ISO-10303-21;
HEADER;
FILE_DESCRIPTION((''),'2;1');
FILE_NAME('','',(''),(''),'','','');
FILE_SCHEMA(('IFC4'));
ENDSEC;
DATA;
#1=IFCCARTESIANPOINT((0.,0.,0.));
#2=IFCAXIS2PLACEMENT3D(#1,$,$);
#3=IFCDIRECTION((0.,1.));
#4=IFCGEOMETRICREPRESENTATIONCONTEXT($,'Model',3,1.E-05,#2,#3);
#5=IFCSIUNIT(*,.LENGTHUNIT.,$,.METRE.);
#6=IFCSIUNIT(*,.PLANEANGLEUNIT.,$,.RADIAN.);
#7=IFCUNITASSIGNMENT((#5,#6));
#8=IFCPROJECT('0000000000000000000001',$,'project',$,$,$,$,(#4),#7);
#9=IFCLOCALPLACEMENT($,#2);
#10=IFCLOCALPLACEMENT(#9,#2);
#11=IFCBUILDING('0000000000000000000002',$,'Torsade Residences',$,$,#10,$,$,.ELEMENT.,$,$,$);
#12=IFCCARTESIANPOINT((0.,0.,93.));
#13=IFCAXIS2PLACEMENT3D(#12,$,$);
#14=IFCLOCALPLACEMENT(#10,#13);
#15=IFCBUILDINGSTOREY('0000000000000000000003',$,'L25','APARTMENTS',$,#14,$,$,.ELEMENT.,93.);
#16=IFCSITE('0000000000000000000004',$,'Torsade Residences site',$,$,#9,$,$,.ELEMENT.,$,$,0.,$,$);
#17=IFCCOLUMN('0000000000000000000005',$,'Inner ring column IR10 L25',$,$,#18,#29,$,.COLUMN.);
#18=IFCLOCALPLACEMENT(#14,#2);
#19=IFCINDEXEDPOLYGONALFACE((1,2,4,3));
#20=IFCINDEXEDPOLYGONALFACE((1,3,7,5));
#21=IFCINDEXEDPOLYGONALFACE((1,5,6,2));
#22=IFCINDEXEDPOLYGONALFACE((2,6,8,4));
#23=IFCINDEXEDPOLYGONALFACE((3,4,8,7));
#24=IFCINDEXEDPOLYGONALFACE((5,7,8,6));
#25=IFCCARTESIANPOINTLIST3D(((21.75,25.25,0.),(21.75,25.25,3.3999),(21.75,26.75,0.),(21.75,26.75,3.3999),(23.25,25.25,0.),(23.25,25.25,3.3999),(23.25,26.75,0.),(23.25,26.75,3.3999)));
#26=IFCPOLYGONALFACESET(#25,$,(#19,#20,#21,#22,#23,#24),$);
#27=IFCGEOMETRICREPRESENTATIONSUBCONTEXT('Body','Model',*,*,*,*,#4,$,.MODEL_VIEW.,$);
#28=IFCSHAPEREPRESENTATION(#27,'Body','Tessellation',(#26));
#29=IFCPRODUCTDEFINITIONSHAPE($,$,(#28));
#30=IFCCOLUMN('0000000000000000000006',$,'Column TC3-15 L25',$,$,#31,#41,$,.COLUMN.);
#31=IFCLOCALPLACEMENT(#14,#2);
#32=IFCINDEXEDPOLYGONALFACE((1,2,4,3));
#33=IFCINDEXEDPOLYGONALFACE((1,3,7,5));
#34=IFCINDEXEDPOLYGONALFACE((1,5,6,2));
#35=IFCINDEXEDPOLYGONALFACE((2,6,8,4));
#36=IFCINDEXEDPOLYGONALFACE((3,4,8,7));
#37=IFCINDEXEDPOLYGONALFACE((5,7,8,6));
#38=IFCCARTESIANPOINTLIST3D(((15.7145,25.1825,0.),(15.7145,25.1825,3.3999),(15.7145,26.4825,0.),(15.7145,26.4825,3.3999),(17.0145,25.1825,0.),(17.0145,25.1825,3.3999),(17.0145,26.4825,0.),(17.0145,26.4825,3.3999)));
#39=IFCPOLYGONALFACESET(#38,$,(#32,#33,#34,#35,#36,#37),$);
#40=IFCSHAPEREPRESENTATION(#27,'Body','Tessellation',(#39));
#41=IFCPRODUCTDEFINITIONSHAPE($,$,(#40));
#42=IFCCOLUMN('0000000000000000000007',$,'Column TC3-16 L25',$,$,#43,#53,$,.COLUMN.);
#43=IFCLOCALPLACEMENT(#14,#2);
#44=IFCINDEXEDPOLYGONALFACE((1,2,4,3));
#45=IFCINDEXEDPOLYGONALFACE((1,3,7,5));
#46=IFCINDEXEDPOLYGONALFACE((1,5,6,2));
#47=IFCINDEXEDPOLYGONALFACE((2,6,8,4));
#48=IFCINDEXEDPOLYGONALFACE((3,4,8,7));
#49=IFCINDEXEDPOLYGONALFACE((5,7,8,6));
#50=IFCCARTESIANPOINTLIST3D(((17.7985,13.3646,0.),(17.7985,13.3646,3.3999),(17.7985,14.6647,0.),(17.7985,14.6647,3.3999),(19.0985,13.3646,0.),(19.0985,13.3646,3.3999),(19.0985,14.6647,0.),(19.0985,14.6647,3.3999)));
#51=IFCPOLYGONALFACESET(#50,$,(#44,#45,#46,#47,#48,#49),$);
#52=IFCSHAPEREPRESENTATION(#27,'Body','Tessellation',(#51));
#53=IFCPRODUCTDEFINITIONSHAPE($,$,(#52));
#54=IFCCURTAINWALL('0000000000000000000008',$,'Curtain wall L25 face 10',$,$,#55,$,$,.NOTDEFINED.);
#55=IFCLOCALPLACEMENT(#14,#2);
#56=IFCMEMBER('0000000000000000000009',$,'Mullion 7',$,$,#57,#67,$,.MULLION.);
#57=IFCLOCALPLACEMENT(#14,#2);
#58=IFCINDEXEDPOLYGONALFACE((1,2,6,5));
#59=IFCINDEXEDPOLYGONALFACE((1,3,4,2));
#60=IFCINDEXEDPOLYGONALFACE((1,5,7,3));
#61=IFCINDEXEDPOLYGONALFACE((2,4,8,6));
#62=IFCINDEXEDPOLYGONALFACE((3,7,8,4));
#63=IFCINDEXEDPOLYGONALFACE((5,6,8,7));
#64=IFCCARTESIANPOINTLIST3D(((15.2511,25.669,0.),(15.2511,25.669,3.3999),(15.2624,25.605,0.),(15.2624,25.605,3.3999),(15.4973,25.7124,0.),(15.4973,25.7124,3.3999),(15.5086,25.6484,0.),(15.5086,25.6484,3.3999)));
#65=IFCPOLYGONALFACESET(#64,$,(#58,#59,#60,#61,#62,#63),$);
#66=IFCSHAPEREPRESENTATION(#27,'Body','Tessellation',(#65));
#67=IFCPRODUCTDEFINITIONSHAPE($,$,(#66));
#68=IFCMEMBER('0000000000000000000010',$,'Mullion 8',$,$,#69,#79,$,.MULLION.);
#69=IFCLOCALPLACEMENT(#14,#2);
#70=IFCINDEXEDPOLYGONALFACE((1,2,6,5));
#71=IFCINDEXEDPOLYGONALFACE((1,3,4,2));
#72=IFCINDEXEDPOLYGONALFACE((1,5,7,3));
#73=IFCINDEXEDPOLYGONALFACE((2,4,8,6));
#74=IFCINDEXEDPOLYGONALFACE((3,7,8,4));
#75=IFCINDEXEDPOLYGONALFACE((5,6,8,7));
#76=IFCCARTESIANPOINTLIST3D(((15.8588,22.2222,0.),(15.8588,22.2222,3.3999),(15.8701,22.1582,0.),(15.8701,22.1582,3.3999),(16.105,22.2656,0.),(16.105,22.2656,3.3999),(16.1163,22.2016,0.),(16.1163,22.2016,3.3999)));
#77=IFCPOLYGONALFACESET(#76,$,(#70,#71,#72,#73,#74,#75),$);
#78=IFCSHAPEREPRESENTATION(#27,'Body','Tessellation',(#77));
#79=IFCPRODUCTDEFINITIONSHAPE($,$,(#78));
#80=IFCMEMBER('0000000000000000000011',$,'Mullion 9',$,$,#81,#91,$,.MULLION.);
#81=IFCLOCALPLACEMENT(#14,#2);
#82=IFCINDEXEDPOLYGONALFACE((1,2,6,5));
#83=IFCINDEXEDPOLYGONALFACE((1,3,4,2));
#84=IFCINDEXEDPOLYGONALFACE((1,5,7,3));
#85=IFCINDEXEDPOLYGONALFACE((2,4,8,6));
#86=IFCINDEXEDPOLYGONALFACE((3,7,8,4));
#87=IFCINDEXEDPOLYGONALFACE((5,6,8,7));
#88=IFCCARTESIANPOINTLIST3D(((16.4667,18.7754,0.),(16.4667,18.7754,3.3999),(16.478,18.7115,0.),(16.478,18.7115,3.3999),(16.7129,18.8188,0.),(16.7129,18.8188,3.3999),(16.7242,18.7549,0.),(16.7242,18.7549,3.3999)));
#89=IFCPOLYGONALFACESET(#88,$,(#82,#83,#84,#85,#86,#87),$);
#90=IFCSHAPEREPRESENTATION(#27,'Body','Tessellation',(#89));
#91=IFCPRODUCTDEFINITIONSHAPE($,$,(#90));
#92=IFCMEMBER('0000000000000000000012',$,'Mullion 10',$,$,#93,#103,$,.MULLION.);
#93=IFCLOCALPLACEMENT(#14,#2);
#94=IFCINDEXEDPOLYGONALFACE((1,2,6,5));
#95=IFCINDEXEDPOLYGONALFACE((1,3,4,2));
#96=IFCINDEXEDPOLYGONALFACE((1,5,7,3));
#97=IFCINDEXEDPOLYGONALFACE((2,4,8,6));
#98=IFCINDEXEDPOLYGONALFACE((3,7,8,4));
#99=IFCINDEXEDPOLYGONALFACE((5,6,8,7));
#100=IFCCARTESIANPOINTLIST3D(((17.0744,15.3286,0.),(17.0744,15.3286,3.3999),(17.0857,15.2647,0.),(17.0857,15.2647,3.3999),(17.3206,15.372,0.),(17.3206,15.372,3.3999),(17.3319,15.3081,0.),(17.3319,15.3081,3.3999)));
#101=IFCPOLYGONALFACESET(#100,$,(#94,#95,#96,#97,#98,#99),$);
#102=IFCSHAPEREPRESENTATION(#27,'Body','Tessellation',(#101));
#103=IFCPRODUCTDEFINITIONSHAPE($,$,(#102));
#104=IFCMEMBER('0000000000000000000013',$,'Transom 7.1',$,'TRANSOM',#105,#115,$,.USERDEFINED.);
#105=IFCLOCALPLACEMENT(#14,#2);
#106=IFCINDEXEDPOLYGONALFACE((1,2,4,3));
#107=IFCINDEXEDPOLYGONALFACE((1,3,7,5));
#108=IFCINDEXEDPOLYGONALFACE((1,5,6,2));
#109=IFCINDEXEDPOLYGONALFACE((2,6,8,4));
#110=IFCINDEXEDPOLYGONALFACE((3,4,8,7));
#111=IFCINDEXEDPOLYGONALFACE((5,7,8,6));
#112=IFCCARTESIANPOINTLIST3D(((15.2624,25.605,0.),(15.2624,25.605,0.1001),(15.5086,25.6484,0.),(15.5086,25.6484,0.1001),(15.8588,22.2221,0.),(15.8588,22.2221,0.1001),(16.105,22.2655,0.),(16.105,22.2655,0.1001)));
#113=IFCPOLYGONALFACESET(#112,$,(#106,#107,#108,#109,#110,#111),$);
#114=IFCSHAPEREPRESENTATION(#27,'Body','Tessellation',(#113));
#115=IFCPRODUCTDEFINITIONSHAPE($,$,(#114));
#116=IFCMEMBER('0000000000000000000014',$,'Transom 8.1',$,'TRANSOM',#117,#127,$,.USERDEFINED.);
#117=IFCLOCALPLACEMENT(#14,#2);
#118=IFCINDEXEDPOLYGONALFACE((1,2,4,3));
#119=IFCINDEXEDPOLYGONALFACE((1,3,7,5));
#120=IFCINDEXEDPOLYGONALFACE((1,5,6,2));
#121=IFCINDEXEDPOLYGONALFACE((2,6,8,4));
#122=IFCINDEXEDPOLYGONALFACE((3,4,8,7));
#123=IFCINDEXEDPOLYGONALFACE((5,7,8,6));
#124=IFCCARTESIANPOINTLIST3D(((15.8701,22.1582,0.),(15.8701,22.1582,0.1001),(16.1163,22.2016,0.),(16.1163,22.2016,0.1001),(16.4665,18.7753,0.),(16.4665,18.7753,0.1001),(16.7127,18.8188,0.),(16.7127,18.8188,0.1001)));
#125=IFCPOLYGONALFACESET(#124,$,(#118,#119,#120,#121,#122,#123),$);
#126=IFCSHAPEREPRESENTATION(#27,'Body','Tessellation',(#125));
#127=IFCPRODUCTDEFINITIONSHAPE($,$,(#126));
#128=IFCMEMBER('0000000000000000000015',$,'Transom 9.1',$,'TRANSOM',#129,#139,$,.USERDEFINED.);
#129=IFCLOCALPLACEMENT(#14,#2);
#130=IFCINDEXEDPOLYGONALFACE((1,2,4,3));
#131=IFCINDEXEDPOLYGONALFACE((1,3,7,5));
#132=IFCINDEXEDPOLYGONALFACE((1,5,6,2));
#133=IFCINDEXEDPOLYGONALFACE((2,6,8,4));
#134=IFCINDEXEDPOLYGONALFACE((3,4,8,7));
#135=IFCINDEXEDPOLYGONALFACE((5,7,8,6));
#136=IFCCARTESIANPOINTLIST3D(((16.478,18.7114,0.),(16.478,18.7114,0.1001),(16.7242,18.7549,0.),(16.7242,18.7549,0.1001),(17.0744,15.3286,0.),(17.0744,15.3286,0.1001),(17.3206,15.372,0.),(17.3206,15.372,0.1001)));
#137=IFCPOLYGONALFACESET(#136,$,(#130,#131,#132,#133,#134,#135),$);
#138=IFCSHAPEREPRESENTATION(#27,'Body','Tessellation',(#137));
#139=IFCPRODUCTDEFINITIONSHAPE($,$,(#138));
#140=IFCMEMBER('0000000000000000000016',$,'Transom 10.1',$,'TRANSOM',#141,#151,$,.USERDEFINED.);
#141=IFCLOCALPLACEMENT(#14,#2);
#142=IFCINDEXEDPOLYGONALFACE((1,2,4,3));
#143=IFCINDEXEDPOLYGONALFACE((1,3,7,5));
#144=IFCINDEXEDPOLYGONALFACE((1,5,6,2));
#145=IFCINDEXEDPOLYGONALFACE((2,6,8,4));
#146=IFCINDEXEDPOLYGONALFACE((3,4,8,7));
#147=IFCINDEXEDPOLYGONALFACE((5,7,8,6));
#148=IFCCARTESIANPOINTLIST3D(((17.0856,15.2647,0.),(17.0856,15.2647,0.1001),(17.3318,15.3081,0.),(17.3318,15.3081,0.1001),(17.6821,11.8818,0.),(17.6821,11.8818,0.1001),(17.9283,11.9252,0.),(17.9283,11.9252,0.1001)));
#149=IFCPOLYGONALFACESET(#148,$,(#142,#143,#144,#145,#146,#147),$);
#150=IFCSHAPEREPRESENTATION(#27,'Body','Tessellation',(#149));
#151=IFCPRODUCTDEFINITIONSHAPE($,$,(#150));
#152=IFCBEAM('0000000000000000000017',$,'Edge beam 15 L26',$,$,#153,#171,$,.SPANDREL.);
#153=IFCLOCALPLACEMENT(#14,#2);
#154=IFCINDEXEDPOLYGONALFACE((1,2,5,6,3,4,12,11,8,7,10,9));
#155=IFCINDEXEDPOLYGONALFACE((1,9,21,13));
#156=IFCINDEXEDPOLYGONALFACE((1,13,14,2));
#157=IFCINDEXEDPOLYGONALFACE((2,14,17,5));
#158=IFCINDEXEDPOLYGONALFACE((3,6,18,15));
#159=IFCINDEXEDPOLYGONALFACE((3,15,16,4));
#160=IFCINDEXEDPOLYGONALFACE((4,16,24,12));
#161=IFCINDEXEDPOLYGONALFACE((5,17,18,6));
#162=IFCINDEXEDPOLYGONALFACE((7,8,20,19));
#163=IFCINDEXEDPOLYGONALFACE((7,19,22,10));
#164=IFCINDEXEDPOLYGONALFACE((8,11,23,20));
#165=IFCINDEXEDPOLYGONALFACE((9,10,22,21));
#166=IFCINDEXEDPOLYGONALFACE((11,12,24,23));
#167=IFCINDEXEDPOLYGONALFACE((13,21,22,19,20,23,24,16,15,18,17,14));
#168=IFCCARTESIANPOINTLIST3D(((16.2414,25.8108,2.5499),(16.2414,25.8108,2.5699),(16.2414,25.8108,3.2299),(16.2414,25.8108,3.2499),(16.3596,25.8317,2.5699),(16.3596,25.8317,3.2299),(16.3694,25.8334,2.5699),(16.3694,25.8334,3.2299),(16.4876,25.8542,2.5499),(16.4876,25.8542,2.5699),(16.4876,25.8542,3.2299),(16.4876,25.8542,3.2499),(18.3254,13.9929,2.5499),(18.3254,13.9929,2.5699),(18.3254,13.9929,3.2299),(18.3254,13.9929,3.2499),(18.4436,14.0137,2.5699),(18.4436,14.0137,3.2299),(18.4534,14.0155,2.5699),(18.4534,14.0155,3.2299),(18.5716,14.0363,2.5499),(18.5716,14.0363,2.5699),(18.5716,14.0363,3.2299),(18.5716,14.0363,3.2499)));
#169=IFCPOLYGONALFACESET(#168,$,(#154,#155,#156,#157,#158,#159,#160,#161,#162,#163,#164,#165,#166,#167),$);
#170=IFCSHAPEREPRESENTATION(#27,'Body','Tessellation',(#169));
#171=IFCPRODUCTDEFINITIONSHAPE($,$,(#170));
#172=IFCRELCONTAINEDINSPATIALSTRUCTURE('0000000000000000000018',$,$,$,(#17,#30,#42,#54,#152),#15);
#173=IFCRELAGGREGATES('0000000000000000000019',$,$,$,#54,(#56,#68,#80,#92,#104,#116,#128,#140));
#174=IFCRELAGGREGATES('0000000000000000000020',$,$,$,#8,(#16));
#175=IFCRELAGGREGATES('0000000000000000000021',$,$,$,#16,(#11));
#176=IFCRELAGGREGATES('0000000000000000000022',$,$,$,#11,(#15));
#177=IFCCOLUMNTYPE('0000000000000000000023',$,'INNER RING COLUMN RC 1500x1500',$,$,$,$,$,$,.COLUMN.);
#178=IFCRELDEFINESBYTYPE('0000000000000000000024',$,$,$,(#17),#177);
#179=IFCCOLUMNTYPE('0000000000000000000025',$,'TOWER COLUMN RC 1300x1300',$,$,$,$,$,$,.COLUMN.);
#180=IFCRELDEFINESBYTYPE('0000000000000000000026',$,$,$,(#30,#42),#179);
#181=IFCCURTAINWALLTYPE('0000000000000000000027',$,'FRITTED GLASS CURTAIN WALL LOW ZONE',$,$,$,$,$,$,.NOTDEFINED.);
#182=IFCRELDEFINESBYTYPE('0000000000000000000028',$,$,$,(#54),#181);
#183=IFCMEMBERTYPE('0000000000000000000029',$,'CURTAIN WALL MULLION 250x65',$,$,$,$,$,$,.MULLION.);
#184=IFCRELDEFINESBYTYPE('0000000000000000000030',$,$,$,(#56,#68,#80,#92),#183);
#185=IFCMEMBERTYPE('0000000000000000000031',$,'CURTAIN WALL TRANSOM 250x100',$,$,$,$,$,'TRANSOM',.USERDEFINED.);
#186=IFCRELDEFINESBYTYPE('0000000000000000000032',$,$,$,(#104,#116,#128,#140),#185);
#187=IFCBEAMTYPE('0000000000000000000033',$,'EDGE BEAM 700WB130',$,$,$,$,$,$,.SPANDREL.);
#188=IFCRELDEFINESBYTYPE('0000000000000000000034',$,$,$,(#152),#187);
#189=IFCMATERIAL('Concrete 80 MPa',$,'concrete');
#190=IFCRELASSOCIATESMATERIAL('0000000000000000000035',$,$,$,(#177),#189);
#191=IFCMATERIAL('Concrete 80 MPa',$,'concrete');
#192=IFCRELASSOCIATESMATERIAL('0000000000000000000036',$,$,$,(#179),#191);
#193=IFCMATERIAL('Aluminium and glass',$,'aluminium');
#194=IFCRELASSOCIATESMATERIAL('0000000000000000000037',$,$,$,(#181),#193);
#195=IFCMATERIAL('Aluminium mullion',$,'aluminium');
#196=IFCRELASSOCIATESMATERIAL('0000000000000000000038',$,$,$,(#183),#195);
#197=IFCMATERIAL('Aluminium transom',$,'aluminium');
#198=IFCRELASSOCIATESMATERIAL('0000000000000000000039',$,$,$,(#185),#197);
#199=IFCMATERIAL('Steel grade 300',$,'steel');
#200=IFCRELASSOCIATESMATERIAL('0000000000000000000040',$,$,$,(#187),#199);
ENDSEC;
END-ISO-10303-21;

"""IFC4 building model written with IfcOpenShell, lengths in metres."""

from ifc_helpers import new_model, si_unit, direction, frame, origin, origin_2d, place, context, subcontext, project, spatial, rectangle, i_section, extrude, material, material_profile, profile_set, type_object, element, aggregate, save


model = new_model("IFC4")

# Units and contexts
model_context = context("Model", 3, precision=1e-05, world=origin(), true_north=direction((0.0, 1.0)))
body_context = subcontext(model_context, "Body", "Model", "MODEL_VIEW")
ifc_project = project(units=[si_unit("LENGTHUNIT", "METRE"), si_unit("PLANEANGLEUNIT", "RADIAN")], contexts=[model_context])

# Site, building, storey
site_placement = place(None, origin())
site = spatial("IfcSite", under=ifc_project, at=site_placement, Name="Torsade Residences site", CompositionType="ELEMENT", RefElevation=0.0)
building_placement = place(site_placement, origin())
building = spatial("IfcBuilding", under=site, at=building_placement, Name="Torsade Residences", CompositionType="ELEMENT")
storey_placement = place(building_placement, frame((0.0, 0.0, 93.0)))
storey = spatial("IfcBuildingStorey", under=building, at=storey_placement, Name="L25", Description="APARTMENTS", CompositionType="ELEMENT", Elevation=93.0)

# Columns
ifc_material_1 = material(Name="Concrete 80 MPa", Category="concrete")
ifc_material_profile_1 = material_profile(ifc_material_1, rectangle(XDim=1.5, YDim=1.5, at=origin_2d()), Name="RC 1500x1500")
ifc_profile_set_1 = profile_set([ifc_material_profile_1], Name="Concrete 80 MPa")
column_type_1 = type_object("IfcColumnType", Name="INNER RING COLUMN RC 1500x1500", PredefinedType="COLUMN", material=ifc_profile_set_1)
column_placement = place(storey_placement, frame((22.5, 26.0, 0.0), z_axis=(0.0, 0.0, 1.0), x_axis=(1.0, 0.0, 0.0)))
element("IfcColumn", 1, at=column_placement, inside=storey, type_object=column_type_1, Name="Inner ring column IR10 L25", PredefinedType="COLUMN", context=body_context, shape_type="SweptSolid", body=[
    extrude(rectangle(XDim=1.5, YDim=1.5, at=origin_2d()), origin(), (0.0, 0.0, 1.0), 3.3999),
])
ifc_material_2 = material(Name="Concrete 80 MPa", Category="concrete")
ifc_material_profile_2 = material_profile(ifc_material_2, rectangle(XDim=1.3, YDim=1.3, at=origin_2d()), Name="RC 1300x1300")
ifc_profile_set_2 = profile_set([ifc_material_profile_2], Name="Concrete 80 MPa")
column_type_2 = type_object("IfcColumnType", Name="TOWER COLUMN RC 1300x1300", PredefinedType="COLUMN", material=ifc_profile_set_2)
for number, where, z_axis, x_axis, name in (
    (2, (16.3645, 25.8325, 0.0), (0.0, 0.0, 1.0), (1.0, 0.0, 0.0), "Column TC3-15 L25"),
    (3, (18.4485, 14.0146, 0.0), (0.0, 0.0, 1.0), (1.0, 0.0, 0.0), "Column TC3-16 L25"),
):
    element("IfcColumn", number, at=place(storey_placement, frame(where, z_axis=z_axis, x_axis=x_axis)), inside=storey, type_object=column_type_2, Name=name, PredefinedType="COLUMN", context=body_context, shape_type="SweptSolid", body=[
        extrude(rectangle(XDim=1.3, YDim=1.3, at=origin_2d()), origin(), (0.0, 0.0, 1.0), 3.3999),
    ])

# Curtain wall, members
ifc_material_3 = material(Name="Aluminium and glass", Category="aluminium")
curtain_wall_type = type_object("IfcCurtainWallType", Name="FRITTED GLASS CURTAIN WALL LOW ZONE", PredefinedType="NOTDEFINED", material=ifc_material_3)
curtain_wall_placement = place(storey_placement, origin())
curtain_wall = element("IfcCurtainWall", 4, at=curtain_wall_placement, inside=storey, type_object=curtain_wall_type, Name="Curtain wall L25 face 10", PredefinedType="NOTDEFINED")
ifc_material_4 = material(Name="Aluminium mullion", Category="aluminium")
ifc_material_profile_3 = material_profile(ifc_material_4, rectangle(XDim=0.25, YDim=0.0649, at=origin_2d()), Name="CURTAIN WALL MULLION 250x65")
ifc_profile_set_3 = profile_set([ifc_material_profile_3], Name="Aluminium mullion")
member_type_1 = type_object("IfcMemberType", Name="CURTAIN WALL MULLION 250x65", PredefinedType="MULLION", material=ifc_profile_set_3)
member_1_placement = place(storey_placement, frame((15.3799, 25.6587, 0.0), z_axis=(0.0, 0.0, 1.0), x_axis=(0.984808, 0.173648, 0.0)))
member_1 = element("IfcMember", 5, at=member_1_placement, type_object=member_type_1, Name="Mullion 7", PredefinedType="MULLION", context=body_context, shape_type="SweptSolid", body=[
    extrude(rectangle(XDim=0.25, YDim=0.0649, at=origin_2d()), origin(), (0.0, 0.0, 1.0), 3.3999),
])
member_2_placement = place(storey_placement, frame((15.9875, 22.2119, 0.0), z_axis=(0.0, 0.0, 1.0), x_axis=(0.984808, 0.173648, 0.0)))
member_2 = element("IfcMember", 6, at=member_2_placement, type_object=member_type_1, Name="Mullion 8", PredefinedType="MULLION", context=body_context, shape_type="SweptSolid", body=[
    extrude(rectangle(XDim=0.25, YDim=0.0649, at=origin_2d()), origin(), (0.0, 0.0, 1.0), 3.3999),
])
member_3_placement = place(storey_placement, frame((16.5955, 18.7651, 0.0), z_axis=(0.0, 0.0, 1.0), x_axis=(0.984808, 0.173648, 0.0)))
member_3 = element("IfcMember", 7, at=member_3_placement, type_object=member_type_1, Name="Mullion 9", PredefinedType="MULLION", context=body_context, shape_type="SweptSolid", body=[
    extrude(rectangle(XDim=0.25, YDim=0.0649, at=origin_2d()), origin(), (0.0, 0.0, 1.0), 3.3999),
])
member_4_placement = place(storey_placement, frame((17.2031, 15.3184, 0.0), z_axis=(0.0, 0.0, 1.0), x_axis=(0.984808, 0.173648, 0.0)))
member_4 = element("IfcMember", 8, at=member_4_placement, type_object=member_type_1, Name="Mullion 10", PredefinedType="MULLION", context=body_context, shape_type="SweptSolid", body=[
    extrude(rectangle(XDim=0.25, YDim=0.0649, at=origin_2d()), origin(), (0.0, 0.0, 1.0), 3.3999),
])
ifc_material_5 = material(Name="Aluminium transom", Category="aluminium")
ifc_material_profile_4 = material_profile(ifc_material_5, rectangle(XDim=0.25, YDim=0.1001, at=origin_2d()), Name="CURTAIN WALL TRANSOM 250x100")
ifc_profile_set_4 = profile_set([ifc_material_profile_4], Name="Aluminium transom")
member_type_2 = type_object("IfcMemberType", Name="CURTAIN WALL TRANSOM 250x100", ElementType="TRANSOM", PredefinedType="USERDEFINED", material=ifc_profile_set_4)
member_5_placement = place(storey_placement, frame((15.3855, 25.6267, 0.05), z_axis=(0.173635, -0.98481, 0.0), x_axis=(0.98481, 0.173635, 0.0)))
member_5 = element("IfcMember", 9, at=member_5_placement, type_object=member_type_2, Name="Transom 7.1", ObjectType="TRANSOM", PredefinedType="USERDEFINED", context=body_context, shape_type="SweptSolid", body=[
    extrude(rectangle(XDim=0.25, YDim=0.1001, at=origin_2d()), origin(), (0.0, 0.0, 1.0), 3.4351),
])
member_6_placement = place(storey_placement, frame((15.9932, 22.1799, 0.05), z_axis=(0.173635, -0.98481, 0.0), x_axis=(0.98481, 0.173635, 0.0)))
member_6 = element("IfcMember", 10, at=member_6_placement, type_object=member_type_2, Name="Transom 8.1", ObjectType="TRANSOM", PredefinedType="USERDEFINED", context=body_context, shape_type="SweptSolid", body=[
    extrude(rectangle(XDim=0.25, YDim=0.1001, at=origin_2d()), origin(), (0.0, 0.0, 1.0), 3.4351),
])
member_7_placement = place(storey_placement, frame((16.6011, 18.7332, 0.05), z_axis=(0.173635, -0.98481, 0.0), x_axis=(0.98481, 0.173635, 0.0)))
member_7 = element("IfcMember", 11, at=member_7_placement, type_object=member_type_2, Name="Transom 9.1", ObjectType="TRANSOM", PredefinedType="USERDEFINED", context=body_context, shape_type="SweptSolid", body=[
    extrude(rectangle(XDim=0.25, YDim=0.1001, at=origin_2d()), origin(), (0.0, 0.0, 1.0), 3.4351),
])
member_8_placement = place(storey_placement, frame((17.2087, 15.2864, 0.05), z_axis=(0.173635, -0.98481, 0.0), x_axis=(0.98481, 0.173635, 0.0)))
member_8 = element("IfcMember", 12, at=member_8_placement, type_object=member_type_2, Name="Transom 10.1", ObjectType="TRANSOM", PredefinedType="USERDEFINED", context=body_context, shape_type="SweptSolid", body=[
    extrude(rectangle(XDim=0.25, YDim=0.1001, at=origin_2d()), origin(), (0.0, 0.0, 1.0), 3.4351),
])

# Beam
ifc_material_6 = material(Name="Steel grade 300", Category="steel")
ifc_material_profile_5 = material_profile(ifc_material_6, i_section(OverallWidth=0.25, OverallDepth=0.7, WebThickness=0.01, FlangeThickness=0.02, at=origin_2d()), Name="700WB130")
ifc_profile_set_5 = profile_set([ifc_material_profile_5], Name="Steel grade 300")
beam_type_1 = type_object("IfcBeamType", Name="EDGE BEAM 700WB130", PredefinedType="SPANDREL", material=ifc_profile_set_5)
beam_1_placement = place(storey_placement, frame((16.3645, 25.8325, 2.8999), z_axis=(0.173662, -0.984805, 0.0), x_axis=(0.984805, 0.173662, 0.0)))
element("IfcBeam", 13, at=beam_1_placement, inside=storey, type_object=beam_type_1, Name="Edge beam 15 L26", PredefinedType="SPANDREL", context=body_context, shape_type="SweptSolid", body=[
    extrude(i_section(OverallWidth=0.25, OverallDepth=0.7, WebThickness=0.01, FlangeThickness=0.02, at=origin_2d()), origin(), (0.0, 0.0, 1.0), 12.0002),
])

aggregate(curtain_wall, [member_1, member_2, member_3, member_4, member_5, member_6, member_7, member_8])

save(model, "model.ifc")
